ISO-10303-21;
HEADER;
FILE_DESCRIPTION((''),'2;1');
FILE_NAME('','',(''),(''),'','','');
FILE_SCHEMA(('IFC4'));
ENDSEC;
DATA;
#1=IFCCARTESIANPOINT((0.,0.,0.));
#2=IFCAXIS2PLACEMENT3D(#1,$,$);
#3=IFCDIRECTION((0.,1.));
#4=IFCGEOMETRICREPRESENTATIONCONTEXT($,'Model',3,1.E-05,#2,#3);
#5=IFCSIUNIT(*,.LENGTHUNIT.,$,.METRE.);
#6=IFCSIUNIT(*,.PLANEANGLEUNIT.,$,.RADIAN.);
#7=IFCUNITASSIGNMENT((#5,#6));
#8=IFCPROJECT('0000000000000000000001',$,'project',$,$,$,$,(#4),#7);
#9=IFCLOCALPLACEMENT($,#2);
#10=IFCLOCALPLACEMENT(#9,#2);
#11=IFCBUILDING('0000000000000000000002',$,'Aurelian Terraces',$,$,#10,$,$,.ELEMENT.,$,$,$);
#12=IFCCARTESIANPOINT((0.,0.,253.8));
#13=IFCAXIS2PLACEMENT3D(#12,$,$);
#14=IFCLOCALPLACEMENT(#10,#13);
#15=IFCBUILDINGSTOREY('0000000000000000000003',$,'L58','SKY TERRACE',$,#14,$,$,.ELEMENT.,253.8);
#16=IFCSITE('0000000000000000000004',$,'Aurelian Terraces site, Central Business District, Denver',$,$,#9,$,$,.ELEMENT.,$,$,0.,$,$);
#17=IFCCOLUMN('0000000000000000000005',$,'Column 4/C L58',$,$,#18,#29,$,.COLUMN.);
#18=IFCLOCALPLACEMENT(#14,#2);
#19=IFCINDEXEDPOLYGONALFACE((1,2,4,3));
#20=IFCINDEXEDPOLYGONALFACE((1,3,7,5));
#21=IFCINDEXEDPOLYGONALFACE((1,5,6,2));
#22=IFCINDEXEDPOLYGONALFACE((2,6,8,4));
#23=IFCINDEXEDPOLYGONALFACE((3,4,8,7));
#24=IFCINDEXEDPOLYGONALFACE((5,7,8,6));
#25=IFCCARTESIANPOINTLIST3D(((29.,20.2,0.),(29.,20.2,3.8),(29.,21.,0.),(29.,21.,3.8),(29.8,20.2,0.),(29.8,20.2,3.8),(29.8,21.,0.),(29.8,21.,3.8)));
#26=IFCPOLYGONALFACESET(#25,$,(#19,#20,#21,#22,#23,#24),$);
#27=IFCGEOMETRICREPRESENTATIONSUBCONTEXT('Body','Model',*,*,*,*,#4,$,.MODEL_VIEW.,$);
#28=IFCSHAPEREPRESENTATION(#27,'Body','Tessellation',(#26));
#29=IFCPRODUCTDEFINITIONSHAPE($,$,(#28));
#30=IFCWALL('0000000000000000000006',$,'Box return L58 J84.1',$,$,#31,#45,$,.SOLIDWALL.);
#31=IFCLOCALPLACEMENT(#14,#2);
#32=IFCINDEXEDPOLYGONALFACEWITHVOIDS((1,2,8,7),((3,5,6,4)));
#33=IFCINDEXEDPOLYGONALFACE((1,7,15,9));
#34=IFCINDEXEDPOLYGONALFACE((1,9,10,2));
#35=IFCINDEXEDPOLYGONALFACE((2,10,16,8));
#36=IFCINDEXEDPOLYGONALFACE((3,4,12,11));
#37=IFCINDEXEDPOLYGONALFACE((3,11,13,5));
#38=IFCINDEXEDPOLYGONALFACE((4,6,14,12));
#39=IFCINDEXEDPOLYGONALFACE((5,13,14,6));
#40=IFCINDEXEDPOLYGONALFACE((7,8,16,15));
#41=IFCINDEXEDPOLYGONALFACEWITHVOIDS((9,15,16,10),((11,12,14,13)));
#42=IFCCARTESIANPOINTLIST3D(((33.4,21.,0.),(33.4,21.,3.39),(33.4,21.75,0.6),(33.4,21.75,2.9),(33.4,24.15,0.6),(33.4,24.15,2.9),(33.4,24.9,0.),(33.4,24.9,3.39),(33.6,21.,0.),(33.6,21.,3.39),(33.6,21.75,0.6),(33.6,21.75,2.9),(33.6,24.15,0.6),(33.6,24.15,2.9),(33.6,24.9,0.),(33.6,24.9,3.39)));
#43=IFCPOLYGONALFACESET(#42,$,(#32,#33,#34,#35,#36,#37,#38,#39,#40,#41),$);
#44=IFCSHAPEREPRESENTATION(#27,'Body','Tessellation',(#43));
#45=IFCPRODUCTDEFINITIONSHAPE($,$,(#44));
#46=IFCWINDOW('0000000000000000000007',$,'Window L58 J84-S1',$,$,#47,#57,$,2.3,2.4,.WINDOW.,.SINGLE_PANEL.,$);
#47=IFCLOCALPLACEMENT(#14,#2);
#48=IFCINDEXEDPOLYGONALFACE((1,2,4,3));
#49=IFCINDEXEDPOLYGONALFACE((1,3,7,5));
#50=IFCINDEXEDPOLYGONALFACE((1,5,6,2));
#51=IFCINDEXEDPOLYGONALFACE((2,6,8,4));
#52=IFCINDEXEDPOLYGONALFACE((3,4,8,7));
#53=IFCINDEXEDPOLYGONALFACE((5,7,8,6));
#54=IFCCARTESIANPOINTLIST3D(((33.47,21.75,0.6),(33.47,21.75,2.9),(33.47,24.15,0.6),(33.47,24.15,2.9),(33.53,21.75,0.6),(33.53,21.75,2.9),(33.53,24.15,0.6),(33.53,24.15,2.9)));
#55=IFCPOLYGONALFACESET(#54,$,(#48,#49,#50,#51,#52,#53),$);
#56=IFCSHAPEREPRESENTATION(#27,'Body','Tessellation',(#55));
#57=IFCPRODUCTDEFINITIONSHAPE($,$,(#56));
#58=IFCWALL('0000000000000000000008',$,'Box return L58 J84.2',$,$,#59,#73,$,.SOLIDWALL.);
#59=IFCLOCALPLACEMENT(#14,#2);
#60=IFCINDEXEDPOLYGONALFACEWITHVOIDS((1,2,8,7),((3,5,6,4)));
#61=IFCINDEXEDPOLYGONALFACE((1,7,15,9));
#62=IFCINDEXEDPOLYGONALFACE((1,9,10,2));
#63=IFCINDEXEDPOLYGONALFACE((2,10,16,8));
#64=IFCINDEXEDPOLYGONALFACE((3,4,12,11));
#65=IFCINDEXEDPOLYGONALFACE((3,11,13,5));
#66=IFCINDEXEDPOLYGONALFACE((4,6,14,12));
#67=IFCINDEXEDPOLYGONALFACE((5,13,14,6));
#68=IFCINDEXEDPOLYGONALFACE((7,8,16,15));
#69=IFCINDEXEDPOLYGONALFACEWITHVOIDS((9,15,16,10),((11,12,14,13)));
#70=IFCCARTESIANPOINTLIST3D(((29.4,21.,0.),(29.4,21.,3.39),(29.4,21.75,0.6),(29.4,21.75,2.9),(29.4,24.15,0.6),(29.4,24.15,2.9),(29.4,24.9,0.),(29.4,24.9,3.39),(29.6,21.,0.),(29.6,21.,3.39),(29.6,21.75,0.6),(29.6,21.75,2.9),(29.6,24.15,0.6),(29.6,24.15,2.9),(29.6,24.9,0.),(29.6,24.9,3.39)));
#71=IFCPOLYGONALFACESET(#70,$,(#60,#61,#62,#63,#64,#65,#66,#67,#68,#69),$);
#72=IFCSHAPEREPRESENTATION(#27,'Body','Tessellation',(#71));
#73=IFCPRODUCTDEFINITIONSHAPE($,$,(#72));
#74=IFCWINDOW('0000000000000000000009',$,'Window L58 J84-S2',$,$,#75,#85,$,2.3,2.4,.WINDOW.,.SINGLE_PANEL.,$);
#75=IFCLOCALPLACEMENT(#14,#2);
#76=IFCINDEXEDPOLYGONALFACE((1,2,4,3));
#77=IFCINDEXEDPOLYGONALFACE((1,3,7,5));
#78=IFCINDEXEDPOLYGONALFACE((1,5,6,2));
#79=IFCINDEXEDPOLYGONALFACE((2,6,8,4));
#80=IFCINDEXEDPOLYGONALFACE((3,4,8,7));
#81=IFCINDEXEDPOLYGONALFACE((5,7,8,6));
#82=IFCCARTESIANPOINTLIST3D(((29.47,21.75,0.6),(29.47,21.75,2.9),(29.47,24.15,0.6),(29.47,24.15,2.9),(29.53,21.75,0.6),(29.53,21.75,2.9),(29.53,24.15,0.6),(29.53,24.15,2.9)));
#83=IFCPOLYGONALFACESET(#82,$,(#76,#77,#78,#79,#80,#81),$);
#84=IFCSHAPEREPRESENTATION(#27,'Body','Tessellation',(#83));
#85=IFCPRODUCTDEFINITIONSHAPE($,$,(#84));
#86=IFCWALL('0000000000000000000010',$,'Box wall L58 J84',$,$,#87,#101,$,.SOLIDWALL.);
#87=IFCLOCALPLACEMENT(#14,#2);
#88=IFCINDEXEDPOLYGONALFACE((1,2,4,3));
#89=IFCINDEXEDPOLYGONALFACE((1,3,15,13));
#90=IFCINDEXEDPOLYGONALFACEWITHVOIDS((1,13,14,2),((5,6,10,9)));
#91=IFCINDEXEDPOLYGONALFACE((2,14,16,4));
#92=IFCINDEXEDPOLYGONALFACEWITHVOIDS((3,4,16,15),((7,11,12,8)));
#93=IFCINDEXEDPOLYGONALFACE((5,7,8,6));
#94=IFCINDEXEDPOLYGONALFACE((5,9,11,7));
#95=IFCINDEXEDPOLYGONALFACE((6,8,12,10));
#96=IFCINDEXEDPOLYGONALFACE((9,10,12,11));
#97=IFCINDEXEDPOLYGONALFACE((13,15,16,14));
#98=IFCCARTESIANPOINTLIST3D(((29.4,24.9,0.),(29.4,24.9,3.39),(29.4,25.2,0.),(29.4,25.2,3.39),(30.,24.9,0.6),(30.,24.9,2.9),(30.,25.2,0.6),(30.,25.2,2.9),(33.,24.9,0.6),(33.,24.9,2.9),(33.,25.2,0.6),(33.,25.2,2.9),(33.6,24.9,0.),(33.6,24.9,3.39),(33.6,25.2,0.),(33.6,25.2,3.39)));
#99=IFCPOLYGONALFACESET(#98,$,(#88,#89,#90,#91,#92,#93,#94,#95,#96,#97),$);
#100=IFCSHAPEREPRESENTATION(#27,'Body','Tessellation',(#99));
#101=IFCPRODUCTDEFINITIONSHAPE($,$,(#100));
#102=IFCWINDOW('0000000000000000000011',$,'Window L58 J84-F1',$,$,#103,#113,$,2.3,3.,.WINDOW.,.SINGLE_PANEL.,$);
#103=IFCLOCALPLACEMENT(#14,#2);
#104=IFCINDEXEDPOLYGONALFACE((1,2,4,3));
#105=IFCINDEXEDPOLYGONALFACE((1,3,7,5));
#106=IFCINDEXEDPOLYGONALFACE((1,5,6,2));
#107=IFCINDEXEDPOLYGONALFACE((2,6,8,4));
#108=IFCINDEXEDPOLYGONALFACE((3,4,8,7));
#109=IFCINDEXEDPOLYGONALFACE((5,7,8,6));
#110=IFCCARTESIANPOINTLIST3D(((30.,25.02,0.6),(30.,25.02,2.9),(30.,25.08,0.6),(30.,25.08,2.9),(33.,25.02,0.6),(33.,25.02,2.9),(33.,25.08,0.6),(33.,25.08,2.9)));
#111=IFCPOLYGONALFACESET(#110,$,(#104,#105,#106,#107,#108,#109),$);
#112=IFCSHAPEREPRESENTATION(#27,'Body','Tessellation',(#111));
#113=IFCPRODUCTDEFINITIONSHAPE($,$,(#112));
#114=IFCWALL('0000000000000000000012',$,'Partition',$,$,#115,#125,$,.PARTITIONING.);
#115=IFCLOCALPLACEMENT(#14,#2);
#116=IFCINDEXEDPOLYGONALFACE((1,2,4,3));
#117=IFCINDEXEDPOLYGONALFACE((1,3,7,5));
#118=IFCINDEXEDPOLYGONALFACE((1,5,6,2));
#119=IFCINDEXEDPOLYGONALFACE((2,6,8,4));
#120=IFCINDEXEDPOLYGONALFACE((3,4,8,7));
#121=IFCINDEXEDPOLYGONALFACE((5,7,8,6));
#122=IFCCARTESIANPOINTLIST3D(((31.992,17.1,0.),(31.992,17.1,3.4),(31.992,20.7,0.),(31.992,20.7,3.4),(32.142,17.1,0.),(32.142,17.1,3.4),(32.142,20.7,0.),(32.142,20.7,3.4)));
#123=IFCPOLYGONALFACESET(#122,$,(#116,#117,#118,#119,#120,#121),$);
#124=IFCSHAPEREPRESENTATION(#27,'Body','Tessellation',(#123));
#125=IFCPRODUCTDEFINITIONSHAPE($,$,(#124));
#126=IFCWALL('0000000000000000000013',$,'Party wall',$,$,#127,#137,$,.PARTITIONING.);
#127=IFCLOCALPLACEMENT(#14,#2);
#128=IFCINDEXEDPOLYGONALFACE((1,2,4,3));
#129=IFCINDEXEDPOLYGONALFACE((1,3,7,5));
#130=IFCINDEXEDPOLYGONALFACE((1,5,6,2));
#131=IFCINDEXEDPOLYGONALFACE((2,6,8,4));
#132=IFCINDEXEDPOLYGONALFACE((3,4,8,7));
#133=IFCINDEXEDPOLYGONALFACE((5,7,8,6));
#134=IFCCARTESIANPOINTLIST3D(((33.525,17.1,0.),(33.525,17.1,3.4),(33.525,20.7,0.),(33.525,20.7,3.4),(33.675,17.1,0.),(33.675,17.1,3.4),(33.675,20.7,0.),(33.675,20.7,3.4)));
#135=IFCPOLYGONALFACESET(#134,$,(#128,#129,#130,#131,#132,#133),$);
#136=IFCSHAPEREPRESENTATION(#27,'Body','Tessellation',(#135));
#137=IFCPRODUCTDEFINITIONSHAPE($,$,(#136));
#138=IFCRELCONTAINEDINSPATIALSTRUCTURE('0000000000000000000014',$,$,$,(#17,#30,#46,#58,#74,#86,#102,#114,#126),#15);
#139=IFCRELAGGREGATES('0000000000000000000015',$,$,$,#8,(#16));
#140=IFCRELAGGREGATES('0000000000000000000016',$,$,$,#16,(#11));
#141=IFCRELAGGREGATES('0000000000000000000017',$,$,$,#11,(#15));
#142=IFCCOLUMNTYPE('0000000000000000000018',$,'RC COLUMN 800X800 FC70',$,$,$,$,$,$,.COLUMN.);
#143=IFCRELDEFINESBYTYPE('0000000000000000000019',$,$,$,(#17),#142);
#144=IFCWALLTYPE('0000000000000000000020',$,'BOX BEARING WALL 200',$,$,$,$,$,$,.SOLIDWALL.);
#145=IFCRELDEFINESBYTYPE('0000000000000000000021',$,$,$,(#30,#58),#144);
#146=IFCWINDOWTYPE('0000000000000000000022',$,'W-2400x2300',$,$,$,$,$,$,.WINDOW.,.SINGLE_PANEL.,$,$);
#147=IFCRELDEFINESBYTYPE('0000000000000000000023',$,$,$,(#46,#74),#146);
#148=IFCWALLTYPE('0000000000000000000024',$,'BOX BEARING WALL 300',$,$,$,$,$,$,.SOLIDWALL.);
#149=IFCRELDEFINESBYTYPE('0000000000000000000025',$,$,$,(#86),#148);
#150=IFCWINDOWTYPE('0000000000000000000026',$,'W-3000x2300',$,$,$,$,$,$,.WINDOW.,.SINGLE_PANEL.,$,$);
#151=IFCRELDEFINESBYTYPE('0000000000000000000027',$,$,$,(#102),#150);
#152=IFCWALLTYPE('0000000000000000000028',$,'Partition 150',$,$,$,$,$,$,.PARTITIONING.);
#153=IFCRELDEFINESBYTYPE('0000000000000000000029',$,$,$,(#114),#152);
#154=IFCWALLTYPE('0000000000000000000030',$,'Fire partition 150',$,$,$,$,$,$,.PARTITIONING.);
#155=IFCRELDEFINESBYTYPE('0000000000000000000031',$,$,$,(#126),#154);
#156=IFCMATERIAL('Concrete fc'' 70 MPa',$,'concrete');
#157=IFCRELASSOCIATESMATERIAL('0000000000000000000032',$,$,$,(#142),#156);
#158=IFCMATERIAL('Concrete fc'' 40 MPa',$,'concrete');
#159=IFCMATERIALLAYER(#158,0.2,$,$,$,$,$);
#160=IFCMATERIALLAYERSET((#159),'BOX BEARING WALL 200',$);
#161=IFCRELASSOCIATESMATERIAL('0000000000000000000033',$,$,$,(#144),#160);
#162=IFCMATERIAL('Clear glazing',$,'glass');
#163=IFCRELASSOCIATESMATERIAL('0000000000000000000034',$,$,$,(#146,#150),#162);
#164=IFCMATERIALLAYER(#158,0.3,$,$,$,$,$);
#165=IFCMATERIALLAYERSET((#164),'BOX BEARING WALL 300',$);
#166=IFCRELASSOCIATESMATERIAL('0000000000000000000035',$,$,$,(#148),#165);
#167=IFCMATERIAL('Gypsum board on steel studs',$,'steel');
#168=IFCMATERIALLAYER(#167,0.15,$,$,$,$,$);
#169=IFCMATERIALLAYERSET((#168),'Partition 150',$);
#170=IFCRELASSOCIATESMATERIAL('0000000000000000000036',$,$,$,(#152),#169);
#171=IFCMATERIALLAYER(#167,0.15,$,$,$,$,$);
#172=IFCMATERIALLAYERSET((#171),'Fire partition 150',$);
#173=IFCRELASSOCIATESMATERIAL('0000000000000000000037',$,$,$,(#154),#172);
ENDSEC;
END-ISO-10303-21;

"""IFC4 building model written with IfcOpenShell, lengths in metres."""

from ifc_helpers import new_model, si_unit, direction, frame, frame_2d, origin, origin_2d, place, context, subcontext, project, spatial, rectangle, extrude, source, transform, mapped, material, layer, layer_set, material_profile, profile_set, type_object, element, fill, save


model = new_model("IFC4")

# Units and contexts
model_context = context("Model", 3, precision=1e-05, world=origin(), true_north=direction((0.0, 1.0)))
body_context = subcontext(model_context, "Body", "Model", "MODEL_VIEW")
ifc_project = project(units=[si_unit("LENGTHUNIT", "METRE"), si_unit("PLANEANGLEUNIT", "RADIAN")], contexts=[model_context])

# Site, building, storey
site_placement = place(None, origin())
site = spatial("IfcSite", under=ifc_project, at=site_placement, Name="Aurelian Terraces site, Central Business District, Denver", CompositionType="ELEMENT", RefElevation=0.0)
building_placement = place(site_placement, origin())
building = spatial("IfcBuilding", under=site, at=building_placement, Name="Aurelian Terraces", CompositionType="ELEMENT")
storey_placement = place(building_placement, frame((0.0, 0.0, 253.8)))
storey = spatial("IfcBuildingStorey", under=building, at=storey_placement, Name="L58", Description="SKY TERRACE", CompositionType="ELEMENT", Elevation=253.8)

# Column
ifc_material_1 = material(Name="Concrete fc' 70 MPa", Category="concrete")
ifc_material_profile = material_profile(ifc_material_1, rectangle(XDim=0.8, YDim=0.8, at=origin_2d()))
ifc_profile_set = profile_set([ifc_material_profile], Name="Concrete fc' 70 MPa")
column_type = type_object("IfcColumnType", Name="RC COLUMN 800X800 FC70", PredefinedType="COLUMN", material=ifc_profile_set)
shared_shape_1 = source(origin(), body_context, "Body", "SweptSolid", [
    extrude(rectangle(XDim=0.8, YDim=0.8, at=origin_2d()), origin(), (0.0, 0.0, 1.0), 3.8),
])
column_placement = place(storey_placement, frame((29.4, 20.6, 0.0), z_axis=(0.0, 0.0, 1.0), x_axis=(1.0, 0.0, 0.0)))
element("IfcColumn", 1, at=column_placement, inside=storey, type_object=column_type, Name="Column 4/C L58", PredefinedType="COLUMN", context=body_context, shape_type="MappedRepresentation", body=[
    mapped(shared_shape_1, transform((0.0, 0.0, 0.0), scale=1.0)),
])

# Walls, openings, windows
ifc_material_2 = material(Name="Concrete fc' 40 MPa", Category="concrete")
ifc_layer_1 = layer(ifc_material_2, 0.2)
ifc_layer_set_1 = layer_set([ifc_layer_1], Name="BOX BEARING WALL 200")
wall_type_1 = type_object("IfcWallType", Name="BOX BEARING WALL 200", PredefinedType="SOLIDWALL", material=ifc_layer_set_1)
shared_shape_2 = source(origin(), body_context, "Body", "SweptSolid", [
    extrude(rectangle(XDim=3.9, YDim=0.2, at=frame_2d((1.95, 0.0))), origin(), (0.0, 0.0, 1.0), 3.39),
])
wall_1_placement = place(storey_placement, frame((33.5, 21.0, 0.0), z_axis=(0.0, 0.0, 1.0), x_axis=(0.0, 1.0, 0.0)))
wall_1 = element("IfcWall", 2, at=wall_1_placement, inside=storey, type_object=wall_type_1, Name="Box return L58 J84.1", PredefinedType="SOLIDWALL", context=body_context, shape_type="MappedRepresentation", body=[
    mapped(shared_shape_2, transform((0.0, 0.0, 0.0), scale=1.0)),
])
shared_shape_3 = source(origin(), body_context, "Body", "SweptSolid", [
    extrude(rectangle(XDim=2.4, YDim=2.3, at=frame_2d((1.2, 1.15))), frame((0.0, 0.11, 0.0), z_axis=(0.0, -1.0, 0.0), x_axis=(1.0, 0.0, 0.0)), (0.0, 0.0, 1.0), 0.22),
])
opening_1_placement = place(wall_1_placement, frame((0.75, 0.0, 0.6)))
opening_1 = element("IfcOpeningElement", 3, at=opening_1_placement, cuts=wall_1, PredefinedType="OPENING", context=body_context, shape_type="MappedRepresentation", body=[
    mapped(shared_shape_3, transform((0.0, 0.0, 0.0), scale=1.0)),
])
ifc_material_3 = material(Name="Clear glazing", Category="glass")
window_type_1 = type_object("IfcWindowType", Name="W-2400x2300", PartitioningType="SINGLE_PANEL", PredefinedType="WINDOW", material=ifc_material_3)
shared_shape_4 = source(origin(), body_context, "Body", "SweptSolid", [
    extrude(rectangle(XDim=2.4, YDim=2.3, at=frame_2d((1.2, 1.15))), frame((0.0, 0.03, 0.0), z_axis=(0.0, -1.0, 0.0), x_axis=(1.0, 0.0, 0.0)), (0.0, 0.0, 1.0), 0.06),
])
window_1_placement = place(opening_1_placement, origin())
window_1 = element("IfcWindow", 4, at=window_1_placement, inside=storey, type_object=window_type_1, Name="Window L58 J84-S1", OverallHeight=2.3, OverallWidth=2.4, PartitioningType="SINGLE_PANEL", PredefinedType="WINDOW", context=body_context, shape_type="MappedRepresentation", body=[
    mapped(shared_shape_4, transform((0.0, 0.0, 0.0), scale=1.0)),
])
fill(opening_1, window_1)
wall_2_placement = place(storey_placement, frame((29.5, 21.0, 0.0), z_axis=(0.0, 0.0, 1.0), x_axis=(0.0, 1.0, 0.0)))
wall_2 = element("IfcWall", 5, at=wall_2_placement, inside=storey, type_object=wall_type_1, Name="Box return L58 J84.2", PredefinedType="SOLIDWALL", context=body_context, shape_type="MappedRepresentation", body=[
    mapped(shared_shape_2, transform((0.0, 0.0, 0.0), scale=1.0)),
])
opening_2_placement = place(wall_2_placement, frame((0.75, 0.0, 0.6)))
opening_2 = element("IfcOpeningElement", 6, at=opening_2_placement, cuts=wall_2, PredefinedType="OPENING", context=body_context, shape_type="MappedRepresentation", body=[
    mapped(shared_shape_3, transform((0.0, 0.0, 0.0), scale=1.0)),
])
window_2_placement = place(opening_2_placement, origin())
window_2 = element("IfcWindow", 7, at=window_2_placement, inside=storey, type_object=window_type_1, Name="Window L58 J84-S2", OverallHeight=2.3, OverallWidth=2.4, PartitioningType="SINGLE_PANEL", PredefinedType="WINDOW", context=body_context, shape_type="MappedRepresentation", body=[
    mapped(shared_shape_4, transform((0.0, 0.0, 0.0), scale=1.0)),
])
fill(opening_2, window_2)
ifc_layer_2 = layer(ifc_material_2, 0.3)
ifc_layer_set_2 = layer_set([ifc_layer_2], Name="BOX BEARING WALL 300")
wall_type_2 = type_object("IfcWallType", Name="BOX BEARING WALL 300", PredefinedType="SOLIDWALL", material=ifc_layer_set_2)
shared_shape_5 = source(origin(), body_context, "Body", "SweptSolid", [
    extrude(rectangle(XDim=4.2, YDim=0.3, at=frame_2d((2.1, 0.0))), origin(), (0.0, 0.0, 1.0), 3.39),
])
wall_3_placement = place(storey_placement, frame((33.6, 25.05, 0.0), z_axis=(0.0, 0.0, 1.0), x_axis=(-1.0, 0.0, 0.0)))
wall_3 = element("IfcWall", 8, at=wall_3_placement, inside=storey, type_object=wall_type_2, Name="Box wall L58 J84", PredefinedType="SOLIDWALL", context=body_context, shape_type="MappedRepresentation", body=[
    mapped(shared_shape_5, transform((0.0, 0.0, 0.0), scale=1.0)),
])
shared_shape_6 = source(origin(), body_context, "Body", "SweptSolid", [
    extrude(rectangle(XDim=3.0, YDim=2.3, at=frame_2d((1.5, 1.15))), frame((0.0, 0.16, 0.0), z_axis=(0.0, -1.0, 0.0), x_axis=(1.0, 0.0, 0.0)), (0.0, 0.0, 1.0), 0.32),
])
opening_3_placement = place(wall_3_placement, frame((0.6, 0.0, 0.6)))
opening_3 = element("IfcOpeningElement", 9, at=opening_3_placement, cuts=wall_3, PredefinedType="OPENING", context=body_context, shape_type="MappedRepresentation", body=[
    mapped(shared_shape_6, transform((0.0, 0.0, 0.0), scale=1.0)),
])
window_type_2 = type_object("IfcWindowType", Name="W-3000x2300", PartitioningType="SINGLE_PANEL", PredefinedType="WINDOW", material=ifc_material_3)
shared_shape_7 = source(origin(), body_context, "Body", "SweptSolid", [
    extrude(rectangle(XDim=3.0, YDim=2.3, at=frame_2d((1.5, 1.15))), frame((0.0, 0.03, 0.0), z_axis=(0.0, -1.0, 0.0), x_axis=(1.0, 0.0, 0.0)), (0.0, 0.0, 1.0), 0.06),
])
window_3_placement = place(opening_3_placement, origin())
window_3 = element("IfcWindow", 10, at=window_3_placement, inside=storey, type_object=window_type_2, Name="Window L58 J84-F1", OverallHeight=2.3, OverallWidth=3.0, PartitioningType="SINGLE_PANEL", PredefinedType="WINDOW", context=body_context, shape_type="MappedRepresentation", body=[
    mapped(shared_shape_7, transform((0.0, 0.0, 0.0), scale=1.0)),
])
fill(opening_3, window_3)

# Walls
ifc_material_4 = material(Name="Gypsum board on steel studs", Category="steel")
ifc_layer_3 = layer(ifc_material_4, 0.15)
ifc_layer_set_3 = layer_set([ifc_layer_3], Name="Partition 150")
wall_type_3 = type_object("IfcWallType", Name="Partition 150", PredefinedType="PARTITIONING", material=ifc_layer_set_3)
shared_shape_8 = source(origin(), body_context, "Body", "SweptSolid", [
    extrude(rectangle(XDim=3.6, YDim=0.15, at=frame_2d((1.8, 0.0))), origin(), (0.0, 0.0, 1.0), 3.4),
])
wall_4_placement = place(storey_placement, frame((32.067, 20.7, 0.0), z_axis=(0.0, 0.0, 1.0), x_axis=(0.0, -1.0, 0.0)))
element("IfcWall", 11, at=wall_4_placement, inside=storey, type_object=wall_type_3, Name="Partition", PredefinedType="PARTITIONING", context=body_context, shape_type="MappedRepresentation", body=[
    mapped(shared_shape_8, transform((0.0, 0.0, 0.0), scale=1.0)),
])
ifc_layer_4 = layer(ifc_material_4, 0.15)
ifc_layer_set_4 = layer_set([ifc_layer_4], Name="Fire partition 150")
wall_type_4 = type_object("IfcWallType", Name="Fire partition 150", PredefinedType="PARTITIONING", material=ifc_layer_set_4)
wall_5_placement = place(storey_placement, frame((33.6, 17.1, 0.0), z_axis=(0.0, 0.0, 1.0), x_axis=(0.0, 1.0, 0.0)))
element("IfcWall", 12, at=wall_5_placement, inside=storey, type_object=wall_type_4, Name="Party wall", PredefinedType="PARTITIONING", context=body_context, shape_type="MappedRepresentation", body=[
    mapped(shared_shape_8, transform((0.0, 0.0, 0.0), scale=1.0)),
])

save(model, "model.ifc")
